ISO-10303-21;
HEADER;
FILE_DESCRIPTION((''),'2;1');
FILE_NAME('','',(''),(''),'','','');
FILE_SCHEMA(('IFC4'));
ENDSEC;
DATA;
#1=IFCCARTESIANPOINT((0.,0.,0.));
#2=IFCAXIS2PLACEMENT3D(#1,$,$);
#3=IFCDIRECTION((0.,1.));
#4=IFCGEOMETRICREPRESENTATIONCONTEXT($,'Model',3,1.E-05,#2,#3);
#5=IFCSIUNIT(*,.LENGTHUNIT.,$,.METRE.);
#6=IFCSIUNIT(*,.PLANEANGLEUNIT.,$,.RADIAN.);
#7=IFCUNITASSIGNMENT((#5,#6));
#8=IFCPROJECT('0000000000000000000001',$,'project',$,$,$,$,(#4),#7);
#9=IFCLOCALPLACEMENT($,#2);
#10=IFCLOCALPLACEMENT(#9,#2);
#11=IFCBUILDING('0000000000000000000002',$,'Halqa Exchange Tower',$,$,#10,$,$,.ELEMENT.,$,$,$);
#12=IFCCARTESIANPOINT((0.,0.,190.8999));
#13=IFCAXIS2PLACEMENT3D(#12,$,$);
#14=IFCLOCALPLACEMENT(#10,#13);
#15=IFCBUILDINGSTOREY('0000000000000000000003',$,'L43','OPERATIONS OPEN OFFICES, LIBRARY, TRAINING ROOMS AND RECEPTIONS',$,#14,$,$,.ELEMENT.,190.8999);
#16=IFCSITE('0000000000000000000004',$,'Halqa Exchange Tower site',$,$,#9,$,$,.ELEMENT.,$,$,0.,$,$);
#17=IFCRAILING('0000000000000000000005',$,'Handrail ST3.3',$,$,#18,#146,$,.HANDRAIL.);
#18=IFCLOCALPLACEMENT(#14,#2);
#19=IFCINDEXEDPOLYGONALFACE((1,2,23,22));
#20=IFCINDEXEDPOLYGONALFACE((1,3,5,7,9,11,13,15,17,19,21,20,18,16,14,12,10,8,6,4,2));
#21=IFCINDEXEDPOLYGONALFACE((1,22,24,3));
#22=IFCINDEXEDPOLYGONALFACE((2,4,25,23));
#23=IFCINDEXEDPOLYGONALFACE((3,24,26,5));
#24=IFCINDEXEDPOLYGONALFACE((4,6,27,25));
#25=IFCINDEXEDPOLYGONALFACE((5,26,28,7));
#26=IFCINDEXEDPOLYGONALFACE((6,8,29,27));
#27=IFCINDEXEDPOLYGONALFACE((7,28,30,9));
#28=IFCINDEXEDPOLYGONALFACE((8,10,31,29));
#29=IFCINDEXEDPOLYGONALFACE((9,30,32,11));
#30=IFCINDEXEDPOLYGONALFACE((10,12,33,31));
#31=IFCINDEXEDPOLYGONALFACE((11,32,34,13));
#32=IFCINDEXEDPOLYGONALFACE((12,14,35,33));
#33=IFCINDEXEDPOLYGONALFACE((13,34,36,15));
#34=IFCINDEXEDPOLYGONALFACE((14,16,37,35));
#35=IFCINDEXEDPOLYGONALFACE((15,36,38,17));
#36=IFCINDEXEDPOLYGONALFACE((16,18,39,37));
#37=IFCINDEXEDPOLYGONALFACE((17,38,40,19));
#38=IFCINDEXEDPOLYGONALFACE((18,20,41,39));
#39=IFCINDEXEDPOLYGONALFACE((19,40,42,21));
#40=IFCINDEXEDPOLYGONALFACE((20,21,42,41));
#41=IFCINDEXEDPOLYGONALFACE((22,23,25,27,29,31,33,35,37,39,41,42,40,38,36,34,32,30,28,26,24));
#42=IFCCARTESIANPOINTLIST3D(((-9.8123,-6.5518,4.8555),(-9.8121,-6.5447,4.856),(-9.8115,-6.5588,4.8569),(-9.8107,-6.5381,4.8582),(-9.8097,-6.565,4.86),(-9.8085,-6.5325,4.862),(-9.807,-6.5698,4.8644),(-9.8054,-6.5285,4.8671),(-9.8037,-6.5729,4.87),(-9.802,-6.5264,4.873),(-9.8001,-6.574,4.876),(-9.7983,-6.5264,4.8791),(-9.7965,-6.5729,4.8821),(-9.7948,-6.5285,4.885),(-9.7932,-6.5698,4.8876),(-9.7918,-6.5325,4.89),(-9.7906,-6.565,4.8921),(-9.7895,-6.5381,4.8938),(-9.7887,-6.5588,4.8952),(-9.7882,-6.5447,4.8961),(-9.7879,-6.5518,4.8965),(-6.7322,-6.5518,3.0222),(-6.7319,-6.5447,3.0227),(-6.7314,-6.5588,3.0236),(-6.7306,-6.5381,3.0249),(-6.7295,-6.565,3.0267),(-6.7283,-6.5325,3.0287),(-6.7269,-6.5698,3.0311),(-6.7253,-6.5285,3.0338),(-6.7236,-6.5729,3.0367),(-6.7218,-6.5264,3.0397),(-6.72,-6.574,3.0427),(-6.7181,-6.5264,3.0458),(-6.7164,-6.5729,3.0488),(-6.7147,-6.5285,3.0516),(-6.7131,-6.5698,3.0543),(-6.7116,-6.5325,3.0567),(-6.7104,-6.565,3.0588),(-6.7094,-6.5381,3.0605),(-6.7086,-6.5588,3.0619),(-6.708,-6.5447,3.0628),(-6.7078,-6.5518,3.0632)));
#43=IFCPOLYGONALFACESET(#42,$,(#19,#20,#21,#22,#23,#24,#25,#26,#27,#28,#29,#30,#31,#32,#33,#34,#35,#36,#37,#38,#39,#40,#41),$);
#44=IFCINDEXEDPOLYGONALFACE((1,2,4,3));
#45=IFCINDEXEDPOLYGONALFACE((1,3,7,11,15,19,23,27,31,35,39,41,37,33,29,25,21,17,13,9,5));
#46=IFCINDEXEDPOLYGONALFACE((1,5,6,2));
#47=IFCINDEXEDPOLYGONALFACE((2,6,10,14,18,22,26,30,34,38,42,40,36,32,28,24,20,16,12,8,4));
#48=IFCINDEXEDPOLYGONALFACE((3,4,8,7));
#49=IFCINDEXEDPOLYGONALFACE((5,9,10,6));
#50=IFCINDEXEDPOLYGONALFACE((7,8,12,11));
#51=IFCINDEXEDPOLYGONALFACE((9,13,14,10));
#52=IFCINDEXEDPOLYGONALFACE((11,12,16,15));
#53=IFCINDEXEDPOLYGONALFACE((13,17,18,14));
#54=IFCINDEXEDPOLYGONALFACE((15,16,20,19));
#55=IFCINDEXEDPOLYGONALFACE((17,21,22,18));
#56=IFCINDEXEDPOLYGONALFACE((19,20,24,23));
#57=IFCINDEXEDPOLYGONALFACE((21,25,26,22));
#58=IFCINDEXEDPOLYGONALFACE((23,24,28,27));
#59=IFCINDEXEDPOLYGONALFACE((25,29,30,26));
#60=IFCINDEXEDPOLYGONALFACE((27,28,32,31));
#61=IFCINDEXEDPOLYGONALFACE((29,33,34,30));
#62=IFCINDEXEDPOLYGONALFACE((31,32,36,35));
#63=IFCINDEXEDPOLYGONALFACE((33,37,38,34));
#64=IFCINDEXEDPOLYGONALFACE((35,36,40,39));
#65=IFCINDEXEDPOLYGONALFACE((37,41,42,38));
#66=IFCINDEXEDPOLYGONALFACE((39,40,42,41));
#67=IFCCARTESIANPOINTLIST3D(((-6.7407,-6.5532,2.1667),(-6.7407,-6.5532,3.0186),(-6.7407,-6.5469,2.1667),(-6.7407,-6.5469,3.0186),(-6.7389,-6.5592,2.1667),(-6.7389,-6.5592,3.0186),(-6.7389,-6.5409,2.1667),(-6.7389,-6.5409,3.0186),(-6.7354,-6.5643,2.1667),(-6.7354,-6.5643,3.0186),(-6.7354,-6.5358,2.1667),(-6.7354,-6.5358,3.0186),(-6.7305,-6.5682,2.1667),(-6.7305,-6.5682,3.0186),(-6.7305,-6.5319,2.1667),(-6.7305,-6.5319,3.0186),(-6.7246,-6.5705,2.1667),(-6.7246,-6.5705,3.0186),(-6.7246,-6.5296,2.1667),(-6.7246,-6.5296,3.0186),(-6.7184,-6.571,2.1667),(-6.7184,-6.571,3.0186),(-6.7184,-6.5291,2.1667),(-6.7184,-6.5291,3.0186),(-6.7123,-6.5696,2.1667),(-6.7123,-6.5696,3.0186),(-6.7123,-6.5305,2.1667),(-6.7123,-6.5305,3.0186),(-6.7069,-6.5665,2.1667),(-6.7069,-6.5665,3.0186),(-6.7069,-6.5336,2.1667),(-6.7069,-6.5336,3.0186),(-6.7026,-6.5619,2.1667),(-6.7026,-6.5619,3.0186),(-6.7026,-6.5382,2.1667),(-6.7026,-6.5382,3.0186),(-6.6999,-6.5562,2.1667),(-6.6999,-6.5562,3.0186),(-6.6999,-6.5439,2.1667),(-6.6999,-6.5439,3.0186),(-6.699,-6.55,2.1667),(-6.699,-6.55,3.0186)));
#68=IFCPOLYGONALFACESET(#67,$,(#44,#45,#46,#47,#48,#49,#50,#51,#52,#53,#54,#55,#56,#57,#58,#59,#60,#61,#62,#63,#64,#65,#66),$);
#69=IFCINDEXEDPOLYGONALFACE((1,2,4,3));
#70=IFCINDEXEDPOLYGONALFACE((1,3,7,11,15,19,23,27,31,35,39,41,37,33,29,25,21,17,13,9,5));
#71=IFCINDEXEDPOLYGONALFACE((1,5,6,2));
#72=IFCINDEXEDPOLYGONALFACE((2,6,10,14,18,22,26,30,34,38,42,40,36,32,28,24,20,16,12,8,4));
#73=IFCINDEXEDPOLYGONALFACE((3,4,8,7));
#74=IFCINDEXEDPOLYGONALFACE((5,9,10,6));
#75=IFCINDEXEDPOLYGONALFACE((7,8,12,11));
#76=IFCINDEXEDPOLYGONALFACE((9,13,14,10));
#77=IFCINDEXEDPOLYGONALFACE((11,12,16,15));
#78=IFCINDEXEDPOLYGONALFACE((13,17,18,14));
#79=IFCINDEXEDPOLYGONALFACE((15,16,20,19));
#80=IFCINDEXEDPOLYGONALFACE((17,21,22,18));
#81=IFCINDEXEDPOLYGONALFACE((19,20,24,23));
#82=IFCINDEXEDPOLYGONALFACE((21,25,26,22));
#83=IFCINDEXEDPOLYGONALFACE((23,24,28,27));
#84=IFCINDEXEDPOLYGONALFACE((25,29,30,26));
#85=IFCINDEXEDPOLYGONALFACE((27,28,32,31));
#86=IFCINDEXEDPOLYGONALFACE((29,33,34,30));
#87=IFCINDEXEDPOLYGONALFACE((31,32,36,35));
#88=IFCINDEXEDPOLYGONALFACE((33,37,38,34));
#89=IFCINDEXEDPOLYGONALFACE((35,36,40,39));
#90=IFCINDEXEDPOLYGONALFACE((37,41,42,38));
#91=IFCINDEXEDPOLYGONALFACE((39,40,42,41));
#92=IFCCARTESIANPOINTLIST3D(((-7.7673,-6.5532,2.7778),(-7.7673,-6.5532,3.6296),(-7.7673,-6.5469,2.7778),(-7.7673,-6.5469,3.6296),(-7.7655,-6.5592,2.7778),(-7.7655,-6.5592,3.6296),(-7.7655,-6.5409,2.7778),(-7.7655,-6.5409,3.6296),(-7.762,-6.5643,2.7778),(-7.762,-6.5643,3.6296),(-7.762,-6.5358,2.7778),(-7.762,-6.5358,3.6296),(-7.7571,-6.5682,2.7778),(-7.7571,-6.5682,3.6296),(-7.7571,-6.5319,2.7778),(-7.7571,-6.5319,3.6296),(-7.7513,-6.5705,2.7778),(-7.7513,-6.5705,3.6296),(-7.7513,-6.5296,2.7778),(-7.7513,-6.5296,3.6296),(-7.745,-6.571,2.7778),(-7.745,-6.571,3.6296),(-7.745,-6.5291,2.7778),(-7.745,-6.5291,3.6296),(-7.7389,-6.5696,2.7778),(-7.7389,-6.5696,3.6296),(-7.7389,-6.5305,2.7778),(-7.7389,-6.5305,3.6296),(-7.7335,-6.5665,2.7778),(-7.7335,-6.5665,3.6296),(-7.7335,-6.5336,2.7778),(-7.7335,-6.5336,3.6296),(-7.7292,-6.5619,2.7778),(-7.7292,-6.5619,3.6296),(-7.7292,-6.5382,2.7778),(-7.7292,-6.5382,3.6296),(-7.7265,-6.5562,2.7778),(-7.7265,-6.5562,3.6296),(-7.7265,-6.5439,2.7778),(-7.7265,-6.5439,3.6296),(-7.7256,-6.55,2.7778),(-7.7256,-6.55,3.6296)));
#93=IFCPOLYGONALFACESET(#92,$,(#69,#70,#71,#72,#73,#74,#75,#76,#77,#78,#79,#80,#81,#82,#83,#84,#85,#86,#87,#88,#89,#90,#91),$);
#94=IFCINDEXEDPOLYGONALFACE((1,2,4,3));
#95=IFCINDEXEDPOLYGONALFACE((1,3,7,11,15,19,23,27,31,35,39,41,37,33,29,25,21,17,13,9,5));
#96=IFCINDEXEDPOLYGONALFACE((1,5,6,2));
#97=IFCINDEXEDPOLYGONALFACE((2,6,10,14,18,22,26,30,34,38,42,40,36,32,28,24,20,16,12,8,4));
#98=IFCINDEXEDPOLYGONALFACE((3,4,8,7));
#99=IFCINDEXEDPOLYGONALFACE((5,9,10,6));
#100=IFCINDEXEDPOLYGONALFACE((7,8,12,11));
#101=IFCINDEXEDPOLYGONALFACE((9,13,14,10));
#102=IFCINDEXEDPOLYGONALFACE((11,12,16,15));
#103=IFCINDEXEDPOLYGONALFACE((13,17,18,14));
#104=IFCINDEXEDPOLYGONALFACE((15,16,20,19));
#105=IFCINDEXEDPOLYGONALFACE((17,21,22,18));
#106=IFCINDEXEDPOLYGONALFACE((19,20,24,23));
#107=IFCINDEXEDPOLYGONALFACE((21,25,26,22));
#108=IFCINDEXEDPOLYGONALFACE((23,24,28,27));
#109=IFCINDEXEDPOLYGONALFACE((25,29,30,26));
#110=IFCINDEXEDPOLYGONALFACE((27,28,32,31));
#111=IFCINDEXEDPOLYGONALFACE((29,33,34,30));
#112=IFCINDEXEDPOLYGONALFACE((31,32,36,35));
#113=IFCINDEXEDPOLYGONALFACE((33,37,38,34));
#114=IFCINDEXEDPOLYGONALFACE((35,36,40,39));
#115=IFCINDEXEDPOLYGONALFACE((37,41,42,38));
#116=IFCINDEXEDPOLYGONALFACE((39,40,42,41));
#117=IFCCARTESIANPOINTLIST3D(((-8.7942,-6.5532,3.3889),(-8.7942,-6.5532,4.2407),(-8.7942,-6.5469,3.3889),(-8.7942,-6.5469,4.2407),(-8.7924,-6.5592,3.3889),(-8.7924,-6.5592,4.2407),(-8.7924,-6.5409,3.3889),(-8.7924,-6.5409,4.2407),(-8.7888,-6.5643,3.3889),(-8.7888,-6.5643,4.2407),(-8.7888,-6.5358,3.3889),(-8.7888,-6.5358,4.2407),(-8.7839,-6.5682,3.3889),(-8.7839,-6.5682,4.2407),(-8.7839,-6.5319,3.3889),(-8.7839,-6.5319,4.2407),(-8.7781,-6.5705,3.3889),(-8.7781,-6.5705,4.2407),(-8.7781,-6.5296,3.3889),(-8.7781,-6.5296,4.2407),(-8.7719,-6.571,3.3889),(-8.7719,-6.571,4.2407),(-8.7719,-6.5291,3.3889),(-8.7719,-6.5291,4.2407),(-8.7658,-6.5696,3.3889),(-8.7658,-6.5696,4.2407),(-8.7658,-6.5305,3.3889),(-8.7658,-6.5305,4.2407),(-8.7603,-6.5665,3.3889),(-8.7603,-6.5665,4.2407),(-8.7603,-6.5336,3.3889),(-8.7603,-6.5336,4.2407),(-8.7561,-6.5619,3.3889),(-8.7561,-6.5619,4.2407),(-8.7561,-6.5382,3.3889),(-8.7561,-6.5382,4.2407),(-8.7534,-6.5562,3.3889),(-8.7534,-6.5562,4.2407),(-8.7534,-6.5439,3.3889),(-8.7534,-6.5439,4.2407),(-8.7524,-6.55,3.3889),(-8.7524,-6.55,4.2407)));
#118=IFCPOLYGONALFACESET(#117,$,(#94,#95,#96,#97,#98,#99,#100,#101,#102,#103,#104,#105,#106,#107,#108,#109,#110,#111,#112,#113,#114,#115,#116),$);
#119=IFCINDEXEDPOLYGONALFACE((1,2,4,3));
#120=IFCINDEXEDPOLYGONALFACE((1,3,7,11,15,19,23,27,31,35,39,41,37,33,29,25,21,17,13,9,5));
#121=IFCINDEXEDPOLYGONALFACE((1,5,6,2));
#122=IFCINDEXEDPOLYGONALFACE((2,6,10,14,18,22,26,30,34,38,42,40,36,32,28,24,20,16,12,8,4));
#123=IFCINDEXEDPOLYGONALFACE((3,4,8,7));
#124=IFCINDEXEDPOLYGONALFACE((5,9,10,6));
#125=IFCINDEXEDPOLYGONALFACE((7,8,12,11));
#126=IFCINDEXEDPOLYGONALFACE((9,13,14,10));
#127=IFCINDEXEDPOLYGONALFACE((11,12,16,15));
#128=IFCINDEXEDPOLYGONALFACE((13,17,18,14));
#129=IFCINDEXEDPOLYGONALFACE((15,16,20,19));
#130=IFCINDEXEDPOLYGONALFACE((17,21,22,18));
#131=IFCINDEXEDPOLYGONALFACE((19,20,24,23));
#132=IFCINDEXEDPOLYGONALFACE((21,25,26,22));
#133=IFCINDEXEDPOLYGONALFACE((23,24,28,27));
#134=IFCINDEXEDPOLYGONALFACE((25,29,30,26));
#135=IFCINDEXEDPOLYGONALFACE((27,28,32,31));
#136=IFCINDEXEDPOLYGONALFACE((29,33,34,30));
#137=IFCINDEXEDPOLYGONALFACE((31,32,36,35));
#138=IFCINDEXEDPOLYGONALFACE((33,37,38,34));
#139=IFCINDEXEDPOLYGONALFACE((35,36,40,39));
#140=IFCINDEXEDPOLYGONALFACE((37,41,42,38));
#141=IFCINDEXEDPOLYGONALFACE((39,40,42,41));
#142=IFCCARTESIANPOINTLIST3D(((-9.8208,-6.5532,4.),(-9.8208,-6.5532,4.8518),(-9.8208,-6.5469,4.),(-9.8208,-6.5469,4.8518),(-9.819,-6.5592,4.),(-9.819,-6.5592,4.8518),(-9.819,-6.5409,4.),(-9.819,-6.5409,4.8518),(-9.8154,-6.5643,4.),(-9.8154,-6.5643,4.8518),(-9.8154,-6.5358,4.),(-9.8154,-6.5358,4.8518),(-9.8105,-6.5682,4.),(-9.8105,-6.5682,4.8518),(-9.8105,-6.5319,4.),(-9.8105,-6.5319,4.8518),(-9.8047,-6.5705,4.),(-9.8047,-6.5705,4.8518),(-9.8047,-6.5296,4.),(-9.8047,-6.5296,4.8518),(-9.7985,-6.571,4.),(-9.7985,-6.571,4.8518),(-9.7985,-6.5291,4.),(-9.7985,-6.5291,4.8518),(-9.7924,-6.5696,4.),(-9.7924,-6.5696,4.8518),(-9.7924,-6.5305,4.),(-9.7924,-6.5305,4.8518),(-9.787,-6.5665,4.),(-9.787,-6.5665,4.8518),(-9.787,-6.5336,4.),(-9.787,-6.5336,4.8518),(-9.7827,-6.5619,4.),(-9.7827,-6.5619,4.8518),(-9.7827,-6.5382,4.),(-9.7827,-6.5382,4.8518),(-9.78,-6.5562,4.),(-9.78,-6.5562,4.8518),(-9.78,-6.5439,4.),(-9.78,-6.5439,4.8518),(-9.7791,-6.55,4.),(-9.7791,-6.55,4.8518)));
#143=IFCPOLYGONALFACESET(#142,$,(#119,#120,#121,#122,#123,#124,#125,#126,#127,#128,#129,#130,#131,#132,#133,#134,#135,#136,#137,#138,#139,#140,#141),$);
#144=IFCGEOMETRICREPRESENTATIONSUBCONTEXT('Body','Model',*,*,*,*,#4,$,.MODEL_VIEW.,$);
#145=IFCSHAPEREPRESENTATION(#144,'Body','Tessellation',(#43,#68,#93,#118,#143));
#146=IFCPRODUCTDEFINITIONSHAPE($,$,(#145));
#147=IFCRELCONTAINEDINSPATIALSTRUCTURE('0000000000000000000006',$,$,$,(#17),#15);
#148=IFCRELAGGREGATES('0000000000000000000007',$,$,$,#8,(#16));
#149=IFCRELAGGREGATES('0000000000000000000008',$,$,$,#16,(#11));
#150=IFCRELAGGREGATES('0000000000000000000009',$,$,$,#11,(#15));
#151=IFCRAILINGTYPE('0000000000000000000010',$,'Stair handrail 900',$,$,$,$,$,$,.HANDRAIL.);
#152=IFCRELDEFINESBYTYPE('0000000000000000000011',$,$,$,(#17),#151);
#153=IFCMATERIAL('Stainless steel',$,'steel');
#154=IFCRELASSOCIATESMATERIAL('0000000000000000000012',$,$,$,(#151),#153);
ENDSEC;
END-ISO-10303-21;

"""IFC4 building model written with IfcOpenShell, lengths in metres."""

from ifc_helpers import new_model, si_unit, direction, frame, origin, origin_2d, place, context, subcontext, project, spatial, circle, extrude, material, type_object, element, save


model = new_model("IFC4")

# Units and contexts
model_context = context("Model", 3, precision=1e-05, world=origin(), true_north=direction((0.0, 1.0)))
body_context = subcontext(model_context, "Body", "Model", "MODEL_VIEW")
ifc_project = project(units=[si_unit("LENGTHUNIT", "METRE"), si_unit("PLANEANGLEUNIT", "RADIAN")], contexts=[model_context])

# Site, building, storey
site_placement = place(None, origin())
site = spatial("IfcSite", under=ifc_project, at=site_placement, Name="Halqa Exchange Tower site", CompositionType="ELEMENT", RefElevation=0.0)
building_placement = place(site_placement, origin())
building = spatial("IfcBuilding", under=site, at=building_placement, Name="Halqa Exchange Tower", CompositionType="ELEMENT")
storey_placement = place(building_placement, frame((0.0, 0.0, 190.8999)))
storey = spatial("IfcBuildingStorey", under=building, at=storey_placement, Name="L43", Description="OPERATIONS OPEN OFFICES, LIBRARY, TRAINING ROOMS AND RECEPTIONS", CompositionType="ELEMENT", Elevation=190.8999)

# Shared definitions
ifc_material_1 = material(Name="Stainless steel", Category="steel")

# Railing
railing_type_1 = type_object("IfcRailingType", Name="Stair handrail 900", PredefinedType="HANDRAIL", material=ifc_material_1)
railing_1_placement = place(storey_placement, frame((-6.72, -6.55, 2.1667)))
element("IfcRailing", 1, at=railing_1_placement, inside=storey, type_object=railing_type_1, Name="Handrail ST3.3", PredefinedType="HANDRAIL", context=body_context, shape_type="SweptSolid", body=[
    extrude(circle(Radius=0.0239, at=origin_2d()), frame((0.0, 0.0, 0.876), z_axis=(-0.859309, 0.0, 0.511458), x_axis=(0.0, -1.0, 0.0)), (0.0, 0.0, 1.0), 3.5845),
    extrude(circle(Radius=0.021, at=origin_2d()), origin(), (0.0, 0.0, 1.0), 0.8518),
    extrude(circle(Radius=0.021, at=origin_2d()), frame((-1.0266, 0.0, 0.6111)), (0.0, 0.0, 1.0), 0.8518),
    extrude(circle(Radius=0.021, at=origin_2d()), frame((-2.0535, 0.0, 1.2222)), (0.0, 0.0, 1.0), 0.8518),
    extrude(circle(Radius=0.021, at=origin_2d()), frame((-3.0801, 0.0, 1.8333)), (0.0, 0.0, 1.0), 0.8518),
])

save(model, "model.ifc")
